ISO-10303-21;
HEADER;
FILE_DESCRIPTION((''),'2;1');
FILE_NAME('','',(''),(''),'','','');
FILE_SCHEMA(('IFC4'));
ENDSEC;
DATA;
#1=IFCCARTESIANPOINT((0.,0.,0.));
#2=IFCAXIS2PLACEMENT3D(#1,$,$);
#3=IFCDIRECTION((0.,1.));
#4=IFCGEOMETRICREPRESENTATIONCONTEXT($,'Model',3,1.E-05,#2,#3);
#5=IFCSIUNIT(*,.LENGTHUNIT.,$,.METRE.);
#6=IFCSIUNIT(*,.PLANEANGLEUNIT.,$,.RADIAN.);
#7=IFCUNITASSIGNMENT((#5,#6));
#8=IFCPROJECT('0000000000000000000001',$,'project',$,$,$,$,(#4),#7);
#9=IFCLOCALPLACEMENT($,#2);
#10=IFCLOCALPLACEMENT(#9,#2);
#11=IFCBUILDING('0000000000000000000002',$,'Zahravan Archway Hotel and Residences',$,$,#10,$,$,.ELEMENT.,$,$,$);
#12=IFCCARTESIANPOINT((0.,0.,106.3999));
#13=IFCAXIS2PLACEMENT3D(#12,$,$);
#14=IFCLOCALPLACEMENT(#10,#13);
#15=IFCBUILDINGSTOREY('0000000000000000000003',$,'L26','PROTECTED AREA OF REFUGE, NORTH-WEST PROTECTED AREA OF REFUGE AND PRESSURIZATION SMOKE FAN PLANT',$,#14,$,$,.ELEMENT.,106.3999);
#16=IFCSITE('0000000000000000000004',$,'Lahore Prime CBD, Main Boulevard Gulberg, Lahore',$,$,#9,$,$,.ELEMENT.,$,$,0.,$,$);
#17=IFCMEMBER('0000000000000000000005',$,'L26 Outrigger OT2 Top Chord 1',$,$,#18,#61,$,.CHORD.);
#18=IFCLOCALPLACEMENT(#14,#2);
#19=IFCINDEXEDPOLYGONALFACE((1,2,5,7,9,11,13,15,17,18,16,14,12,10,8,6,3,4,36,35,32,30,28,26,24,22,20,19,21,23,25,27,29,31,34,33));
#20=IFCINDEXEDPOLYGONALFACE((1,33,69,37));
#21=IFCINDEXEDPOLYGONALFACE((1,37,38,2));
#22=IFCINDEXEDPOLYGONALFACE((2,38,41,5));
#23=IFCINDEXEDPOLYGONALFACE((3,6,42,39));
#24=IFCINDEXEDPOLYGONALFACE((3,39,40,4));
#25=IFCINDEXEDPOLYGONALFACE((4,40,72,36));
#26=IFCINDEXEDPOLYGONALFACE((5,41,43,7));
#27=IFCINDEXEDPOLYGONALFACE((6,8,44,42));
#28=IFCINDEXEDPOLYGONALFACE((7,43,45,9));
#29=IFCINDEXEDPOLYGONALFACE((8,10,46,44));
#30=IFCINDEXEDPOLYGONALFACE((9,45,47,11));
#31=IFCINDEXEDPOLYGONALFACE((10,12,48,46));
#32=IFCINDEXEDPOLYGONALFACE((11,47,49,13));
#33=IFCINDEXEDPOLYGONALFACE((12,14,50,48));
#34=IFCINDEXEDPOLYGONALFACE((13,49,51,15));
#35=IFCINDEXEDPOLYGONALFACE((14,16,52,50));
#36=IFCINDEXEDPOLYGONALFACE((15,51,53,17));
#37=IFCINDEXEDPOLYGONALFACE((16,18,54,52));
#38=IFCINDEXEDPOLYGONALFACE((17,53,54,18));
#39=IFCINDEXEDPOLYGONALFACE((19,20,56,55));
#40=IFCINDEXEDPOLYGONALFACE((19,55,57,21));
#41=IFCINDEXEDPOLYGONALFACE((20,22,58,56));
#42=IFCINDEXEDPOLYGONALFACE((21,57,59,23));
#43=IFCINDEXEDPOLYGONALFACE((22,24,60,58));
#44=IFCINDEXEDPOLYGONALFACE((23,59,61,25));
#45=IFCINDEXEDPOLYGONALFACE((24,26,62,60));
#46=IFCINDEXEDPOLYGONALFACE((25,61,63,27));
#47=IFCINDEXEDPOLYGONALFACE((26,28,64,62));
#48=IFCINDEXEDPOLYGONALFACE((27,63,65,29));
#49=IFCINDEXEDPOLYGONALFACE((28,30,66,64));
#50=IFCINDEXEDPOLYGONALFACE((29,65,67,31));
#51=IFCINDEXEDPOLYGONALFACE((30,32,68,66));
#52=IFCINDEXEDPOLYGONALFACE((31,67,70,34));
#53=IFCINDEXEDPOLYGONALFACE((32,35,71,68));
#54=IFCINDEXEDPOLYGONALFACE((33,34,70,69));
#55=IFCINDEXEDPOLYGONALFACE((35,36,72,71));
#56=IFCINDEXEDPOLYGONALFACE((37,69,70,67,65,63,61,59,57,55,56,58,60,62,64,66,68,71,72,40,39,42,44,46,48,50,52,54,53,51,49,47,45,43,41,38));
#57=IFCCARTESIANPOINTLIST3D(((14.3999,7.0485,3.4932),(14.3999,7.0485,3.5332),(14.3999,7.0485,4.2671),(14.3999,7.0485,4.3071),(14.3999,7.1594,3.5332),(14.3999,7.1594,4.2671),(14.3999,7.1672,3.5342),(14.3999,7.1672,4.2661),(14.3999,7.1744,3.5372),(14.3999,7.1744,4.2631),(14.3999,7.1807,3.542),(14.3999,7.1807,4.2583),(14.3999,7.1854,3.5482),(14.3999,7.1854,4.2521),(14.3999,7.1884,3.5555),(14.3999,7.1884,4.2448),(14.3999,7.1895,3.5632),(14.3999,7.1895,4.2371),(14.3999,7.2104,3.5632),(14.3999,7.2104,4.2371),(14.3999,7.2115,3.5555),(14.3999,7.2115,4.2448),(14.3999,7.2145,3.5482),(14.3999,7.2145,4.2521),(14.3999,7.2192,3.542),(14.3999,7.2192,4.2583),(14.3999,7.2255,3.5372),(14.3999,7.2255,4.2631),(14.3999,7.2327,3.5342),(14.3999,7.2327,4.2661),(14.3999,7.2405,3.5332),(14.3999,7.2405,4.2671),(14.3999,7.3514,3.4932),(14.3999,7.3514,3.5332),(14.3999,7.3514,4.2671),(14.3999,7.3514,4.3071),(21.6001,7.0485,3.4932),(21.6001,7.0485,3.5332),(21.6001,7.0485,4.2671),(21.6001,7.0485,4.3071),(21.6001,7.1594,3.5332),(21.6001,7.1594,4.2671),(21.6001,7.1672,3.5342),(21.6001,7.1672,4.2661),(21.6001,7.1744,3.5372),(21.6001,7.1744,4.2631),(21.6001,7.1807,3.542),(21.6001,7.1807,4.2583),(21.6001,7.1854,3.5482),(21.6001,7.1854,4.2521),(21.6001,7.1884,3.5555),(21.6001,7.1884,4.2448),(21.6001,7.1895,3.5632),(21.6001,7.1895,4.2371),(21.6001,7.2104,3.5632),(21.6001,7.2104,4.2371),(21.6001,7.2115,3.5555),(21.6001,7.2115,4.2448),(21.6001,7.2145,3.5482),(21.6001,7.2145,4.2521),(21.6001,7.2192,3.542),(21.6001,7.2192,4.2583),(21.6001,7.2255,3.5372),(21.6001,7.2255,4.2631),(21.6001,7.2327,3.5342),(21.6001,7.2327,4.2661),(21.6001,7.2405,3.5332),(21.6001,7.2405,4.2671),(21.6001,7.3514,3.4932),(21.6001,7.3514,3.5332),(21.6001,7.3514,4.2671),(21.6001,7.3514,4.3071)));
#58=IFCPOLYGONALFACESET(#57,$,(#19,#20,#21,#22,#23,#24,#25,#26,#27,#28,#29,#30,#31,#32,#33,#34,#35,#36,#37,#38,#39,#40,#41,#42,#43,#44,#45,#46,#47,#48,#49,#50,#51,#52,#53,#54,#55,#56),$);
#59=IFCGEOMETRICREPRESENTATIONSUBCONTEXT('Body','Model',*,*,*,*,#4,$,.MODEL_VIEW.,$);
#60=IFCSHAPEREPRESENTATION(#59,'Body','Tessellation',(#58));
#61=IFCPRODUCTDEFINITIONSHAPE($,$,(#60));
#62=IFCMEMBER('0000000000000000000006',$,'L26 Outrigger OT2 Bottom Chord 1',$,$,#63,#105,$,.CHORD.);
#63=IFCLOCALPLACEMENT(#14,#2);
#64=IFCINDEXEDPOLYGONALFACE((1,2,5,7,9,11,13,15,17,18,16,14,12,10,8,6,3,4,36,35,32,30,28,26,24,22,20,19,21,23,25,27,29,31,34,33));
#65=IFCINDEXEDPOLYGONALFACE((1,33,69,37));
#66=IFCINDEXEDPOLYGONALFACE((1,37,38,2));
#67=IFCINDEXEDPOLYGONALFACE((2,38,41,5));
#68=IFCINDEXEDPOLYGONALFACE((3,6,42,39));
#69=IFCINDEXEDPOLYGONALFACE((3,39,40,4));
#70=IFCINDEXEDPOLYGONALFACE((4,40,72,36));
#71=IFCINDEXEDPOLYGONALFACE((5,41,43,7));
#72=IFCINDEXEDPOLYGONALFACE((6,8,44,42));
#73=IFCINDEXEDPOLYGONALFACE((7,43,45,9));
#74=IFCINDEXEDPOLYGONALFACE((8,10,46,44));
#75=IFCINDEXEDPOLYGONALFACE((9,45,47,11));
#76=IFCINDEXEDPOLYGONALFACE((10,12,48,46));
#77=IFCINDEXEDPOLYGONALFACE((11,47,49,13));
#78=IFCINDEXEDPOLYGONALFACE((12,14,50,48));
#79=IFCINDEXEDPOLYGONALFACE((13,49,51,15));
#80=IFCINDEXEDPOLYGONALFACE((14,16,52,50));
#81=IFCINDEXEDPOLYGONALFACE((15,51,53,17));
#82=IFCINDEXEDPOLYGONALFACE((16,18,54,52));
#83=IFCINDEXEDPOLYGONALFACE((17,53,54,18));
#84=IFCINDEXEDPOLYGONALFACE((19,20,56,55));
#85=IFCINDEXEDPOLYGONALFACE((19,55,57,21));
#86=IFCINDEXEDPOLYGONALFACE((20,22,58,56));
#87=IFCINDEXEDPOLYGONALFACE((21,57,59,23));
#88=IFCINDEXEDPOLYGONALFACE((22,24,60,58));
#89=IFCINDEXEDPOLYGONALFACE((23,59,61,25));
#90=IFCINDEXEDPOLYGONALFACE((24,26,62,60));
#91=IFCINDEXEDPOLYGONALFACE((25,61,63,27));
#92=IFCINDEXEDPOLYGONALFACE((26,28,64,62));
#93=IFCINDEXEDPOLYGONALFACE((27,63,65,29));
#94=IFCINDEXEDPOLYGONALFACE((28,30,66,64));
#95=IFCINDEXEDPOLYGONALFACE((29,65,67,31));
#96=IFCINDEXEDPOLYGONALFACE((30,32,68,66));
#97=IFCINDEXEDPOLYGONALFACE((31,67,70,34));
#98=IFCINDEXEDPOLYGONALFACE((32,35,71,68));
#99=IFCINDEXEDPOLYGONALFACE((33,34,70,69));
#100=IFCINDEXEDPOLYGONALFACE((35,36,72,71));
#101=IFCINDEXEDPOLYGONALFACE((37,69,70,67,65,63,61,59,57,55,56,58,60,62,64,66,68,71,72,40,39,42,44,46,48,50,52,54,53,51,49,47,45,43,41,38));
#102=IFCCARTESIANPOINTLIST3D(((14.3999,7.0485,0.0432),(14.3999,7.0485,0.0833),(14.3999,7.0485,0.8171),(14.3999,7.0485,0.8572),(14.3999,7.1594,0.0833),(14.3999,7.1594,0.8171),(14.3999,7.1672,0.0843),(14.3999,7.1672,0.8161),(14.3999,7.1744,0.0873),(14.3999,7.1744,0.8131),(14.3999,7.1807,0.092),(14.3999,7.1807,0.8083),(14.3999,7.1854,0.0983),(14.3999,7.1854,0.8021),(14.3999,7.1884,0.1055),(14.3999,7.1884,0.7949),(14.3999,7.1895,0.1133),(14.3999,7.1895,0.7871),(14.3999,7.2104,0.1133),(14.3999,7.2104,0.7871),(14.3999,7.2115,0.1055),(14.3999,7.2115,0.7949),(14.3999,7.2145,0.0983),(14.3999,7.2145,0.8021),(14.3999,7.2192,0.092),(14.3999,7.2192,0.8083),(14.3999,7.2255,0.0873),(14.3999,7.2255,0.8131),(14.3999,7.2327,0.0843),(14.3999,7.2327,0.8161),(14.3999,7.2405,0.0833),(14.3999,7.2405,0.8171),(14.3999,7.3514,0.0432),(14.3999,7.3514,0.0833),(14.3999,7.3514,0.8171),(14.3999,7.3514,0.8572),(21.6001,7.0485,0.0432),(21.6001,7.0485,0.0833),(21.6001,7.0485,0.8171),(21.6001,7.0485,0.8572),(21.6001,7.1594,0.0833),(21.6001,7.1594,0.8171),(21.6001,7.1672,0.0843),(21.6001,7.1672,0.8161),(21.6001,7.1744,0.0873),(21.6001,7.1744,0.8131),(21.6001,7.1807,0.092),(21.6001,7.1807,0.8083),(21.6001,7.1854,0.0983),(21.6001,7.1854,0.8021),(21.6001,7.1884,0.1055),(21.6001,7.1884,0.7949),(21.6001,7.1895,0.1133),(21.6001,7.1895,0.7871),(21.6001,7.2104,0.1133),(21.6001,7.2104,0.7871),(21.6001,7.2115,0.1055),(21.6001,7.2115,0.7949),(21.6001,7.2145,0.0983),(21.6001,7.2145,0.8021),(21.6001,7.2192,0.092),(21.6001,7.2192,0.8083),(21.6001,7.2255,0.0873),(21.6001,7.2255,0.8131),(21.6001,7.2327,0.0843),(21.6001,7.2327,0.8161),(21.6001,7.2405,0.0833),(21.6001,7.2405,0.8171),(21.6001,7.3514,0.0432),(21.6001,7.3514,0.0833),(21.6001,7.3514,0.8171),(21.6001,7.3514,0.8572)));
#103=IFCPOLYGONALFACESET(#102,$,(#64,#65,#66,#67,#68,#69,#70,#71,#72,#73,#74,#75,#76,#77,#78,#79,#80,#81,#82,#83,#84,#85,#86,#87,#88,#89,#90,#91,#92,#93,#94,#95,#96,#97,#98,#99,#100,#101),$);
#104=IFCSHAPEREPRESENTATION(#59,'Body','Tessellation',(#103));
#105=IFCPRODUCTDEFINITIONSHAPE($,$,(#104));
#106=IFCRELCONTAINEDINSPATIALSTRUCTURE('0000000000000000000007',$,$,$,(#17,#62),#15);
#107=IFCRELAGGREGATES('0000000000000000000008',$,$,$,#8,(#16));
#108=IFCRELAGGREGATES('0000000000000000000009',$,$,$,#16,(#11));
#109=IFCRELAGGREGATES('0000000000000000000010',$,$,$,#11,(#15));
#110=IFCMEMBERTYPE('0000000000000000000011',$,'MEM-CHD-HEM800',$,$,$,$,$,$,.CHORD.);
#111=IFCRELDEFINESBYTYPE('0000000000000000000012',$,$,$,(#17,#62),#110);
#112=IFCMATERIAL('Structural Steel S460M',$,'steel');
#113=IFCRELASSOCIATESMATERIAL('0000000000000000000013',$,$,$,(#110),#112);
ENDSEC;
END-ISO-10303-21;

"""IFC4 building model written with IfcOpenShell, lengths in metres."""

from ifc_helpers import new_model, si_unit, direction, frame, origin, origin_2d, place, context, subcontext, project, spatial, i_section, extrude, source, transform, mapped, material, material_profile, profile_set, type_object, type_shapes, element, save


model = new_model("IFC4")

# Units and contexts
model_context = context("Model", 3, precision=1e-05, world=origin(), true_north=direction((0.0, 1.0)))
body_context = subcontext(model_context, "Body", "Model", "MODEL_VIEW")
ifc_project = project(units=[si_unit("LENGTHUNIT", "METRE"), si_unit("PLANEANGLEUNIT", "RADIAN")], contexts=[model_context])

# Site, building, storey
site_placement = place(None, origin())
site = spatial("IfcSite", under=ifc_project, at=site_placement, Name="Lahore Prime CBD, Main Boulevard Gulberg, Lahore", CompositionType="ELEMENT", RefElevation=0.0)
building_placement = place(site_placement, origin())
building = spatial("IfcBuilding", under=site, at=building_placement, Name="Zahravan Archway Hotel and Residences", CompositionType="ELEMENT")
storey_placement = place(building_placement, frame((0.0, 0.0, 106.3999)))
storey = spatial("IfcBuildingStorey", under=building, at=storey_placement, Name="L26", Description="PROTECTED AREA OF REFUGE, NORTH-WEST PROTECTED AREA OF REFUGE AND PRESSURIZATION SMOKE FAN PLANT", CompositionType="ELEMENT", Elevation=106.3999)

# Shared definitions
ifc_material_1 = material(Name="Structural Steel S460M", Category="steel")

# Members
ifc_material_profile_1 = material_profile(ifc_material_1, i_section(OverallWidth=0.303, OverallDepth=0.814, WebThickness=0.021, FlangeThickness=0.04, FilletRadius=0.03, at=origin_2d()), Name="HEM 800", Category="steel")
ifc_profile_set_1 = profile_set([ifc_material_profile_1], Name="Structural Steel S460M")
member_type = type_object("IfcMemberType", Name="MEM-CHD-HEM800", PredefinedType="CHORD", material=ifc_profile_set_1)
shared_shape_1 = source(origin(), body_context, "Body", "SweptSolid", [
    extrude(i_section(OverallWidth=0.303, OverallDepth=0.814, WebThickness=0.021, FlangeThickness=0.04, FilletRadius=0.03, at=origin_2d()), origin(), (0.0, 0.0, 1.0), 7.2002),
])
type_shapes(member_type, [shared_shape_1])
for number, where, z_axis, x_axis, name in (
    (1, (14.3999, 7.2, 3.9001), (1.0, 0.0, 0.0), (0.0, 1.0, 0.0), "L26 Outrigger OT2 Top Chord 1"),
    (2, (14.3999, 7.2, 0.4502), (1.0, 0.0, 0.0), (0.0, 1.0, 0.0), "L26 Outrigger OT2 Bottom Chord 1"),
):
    element("IfcMember", number, at=place(storey_placement, frame(where, z_axis=z_axis, x_axis=x_axis)), inside=storey, type_object=member_type, Name=name, PredefinedType="CHORD", context=body_context, shape_type="MappedRepresentation", body=[
        mapped(shared_shape_1, transform((0.0, 0.0, 0.0), scale=1.0)),
    ])

save(model, "model.ifc")
